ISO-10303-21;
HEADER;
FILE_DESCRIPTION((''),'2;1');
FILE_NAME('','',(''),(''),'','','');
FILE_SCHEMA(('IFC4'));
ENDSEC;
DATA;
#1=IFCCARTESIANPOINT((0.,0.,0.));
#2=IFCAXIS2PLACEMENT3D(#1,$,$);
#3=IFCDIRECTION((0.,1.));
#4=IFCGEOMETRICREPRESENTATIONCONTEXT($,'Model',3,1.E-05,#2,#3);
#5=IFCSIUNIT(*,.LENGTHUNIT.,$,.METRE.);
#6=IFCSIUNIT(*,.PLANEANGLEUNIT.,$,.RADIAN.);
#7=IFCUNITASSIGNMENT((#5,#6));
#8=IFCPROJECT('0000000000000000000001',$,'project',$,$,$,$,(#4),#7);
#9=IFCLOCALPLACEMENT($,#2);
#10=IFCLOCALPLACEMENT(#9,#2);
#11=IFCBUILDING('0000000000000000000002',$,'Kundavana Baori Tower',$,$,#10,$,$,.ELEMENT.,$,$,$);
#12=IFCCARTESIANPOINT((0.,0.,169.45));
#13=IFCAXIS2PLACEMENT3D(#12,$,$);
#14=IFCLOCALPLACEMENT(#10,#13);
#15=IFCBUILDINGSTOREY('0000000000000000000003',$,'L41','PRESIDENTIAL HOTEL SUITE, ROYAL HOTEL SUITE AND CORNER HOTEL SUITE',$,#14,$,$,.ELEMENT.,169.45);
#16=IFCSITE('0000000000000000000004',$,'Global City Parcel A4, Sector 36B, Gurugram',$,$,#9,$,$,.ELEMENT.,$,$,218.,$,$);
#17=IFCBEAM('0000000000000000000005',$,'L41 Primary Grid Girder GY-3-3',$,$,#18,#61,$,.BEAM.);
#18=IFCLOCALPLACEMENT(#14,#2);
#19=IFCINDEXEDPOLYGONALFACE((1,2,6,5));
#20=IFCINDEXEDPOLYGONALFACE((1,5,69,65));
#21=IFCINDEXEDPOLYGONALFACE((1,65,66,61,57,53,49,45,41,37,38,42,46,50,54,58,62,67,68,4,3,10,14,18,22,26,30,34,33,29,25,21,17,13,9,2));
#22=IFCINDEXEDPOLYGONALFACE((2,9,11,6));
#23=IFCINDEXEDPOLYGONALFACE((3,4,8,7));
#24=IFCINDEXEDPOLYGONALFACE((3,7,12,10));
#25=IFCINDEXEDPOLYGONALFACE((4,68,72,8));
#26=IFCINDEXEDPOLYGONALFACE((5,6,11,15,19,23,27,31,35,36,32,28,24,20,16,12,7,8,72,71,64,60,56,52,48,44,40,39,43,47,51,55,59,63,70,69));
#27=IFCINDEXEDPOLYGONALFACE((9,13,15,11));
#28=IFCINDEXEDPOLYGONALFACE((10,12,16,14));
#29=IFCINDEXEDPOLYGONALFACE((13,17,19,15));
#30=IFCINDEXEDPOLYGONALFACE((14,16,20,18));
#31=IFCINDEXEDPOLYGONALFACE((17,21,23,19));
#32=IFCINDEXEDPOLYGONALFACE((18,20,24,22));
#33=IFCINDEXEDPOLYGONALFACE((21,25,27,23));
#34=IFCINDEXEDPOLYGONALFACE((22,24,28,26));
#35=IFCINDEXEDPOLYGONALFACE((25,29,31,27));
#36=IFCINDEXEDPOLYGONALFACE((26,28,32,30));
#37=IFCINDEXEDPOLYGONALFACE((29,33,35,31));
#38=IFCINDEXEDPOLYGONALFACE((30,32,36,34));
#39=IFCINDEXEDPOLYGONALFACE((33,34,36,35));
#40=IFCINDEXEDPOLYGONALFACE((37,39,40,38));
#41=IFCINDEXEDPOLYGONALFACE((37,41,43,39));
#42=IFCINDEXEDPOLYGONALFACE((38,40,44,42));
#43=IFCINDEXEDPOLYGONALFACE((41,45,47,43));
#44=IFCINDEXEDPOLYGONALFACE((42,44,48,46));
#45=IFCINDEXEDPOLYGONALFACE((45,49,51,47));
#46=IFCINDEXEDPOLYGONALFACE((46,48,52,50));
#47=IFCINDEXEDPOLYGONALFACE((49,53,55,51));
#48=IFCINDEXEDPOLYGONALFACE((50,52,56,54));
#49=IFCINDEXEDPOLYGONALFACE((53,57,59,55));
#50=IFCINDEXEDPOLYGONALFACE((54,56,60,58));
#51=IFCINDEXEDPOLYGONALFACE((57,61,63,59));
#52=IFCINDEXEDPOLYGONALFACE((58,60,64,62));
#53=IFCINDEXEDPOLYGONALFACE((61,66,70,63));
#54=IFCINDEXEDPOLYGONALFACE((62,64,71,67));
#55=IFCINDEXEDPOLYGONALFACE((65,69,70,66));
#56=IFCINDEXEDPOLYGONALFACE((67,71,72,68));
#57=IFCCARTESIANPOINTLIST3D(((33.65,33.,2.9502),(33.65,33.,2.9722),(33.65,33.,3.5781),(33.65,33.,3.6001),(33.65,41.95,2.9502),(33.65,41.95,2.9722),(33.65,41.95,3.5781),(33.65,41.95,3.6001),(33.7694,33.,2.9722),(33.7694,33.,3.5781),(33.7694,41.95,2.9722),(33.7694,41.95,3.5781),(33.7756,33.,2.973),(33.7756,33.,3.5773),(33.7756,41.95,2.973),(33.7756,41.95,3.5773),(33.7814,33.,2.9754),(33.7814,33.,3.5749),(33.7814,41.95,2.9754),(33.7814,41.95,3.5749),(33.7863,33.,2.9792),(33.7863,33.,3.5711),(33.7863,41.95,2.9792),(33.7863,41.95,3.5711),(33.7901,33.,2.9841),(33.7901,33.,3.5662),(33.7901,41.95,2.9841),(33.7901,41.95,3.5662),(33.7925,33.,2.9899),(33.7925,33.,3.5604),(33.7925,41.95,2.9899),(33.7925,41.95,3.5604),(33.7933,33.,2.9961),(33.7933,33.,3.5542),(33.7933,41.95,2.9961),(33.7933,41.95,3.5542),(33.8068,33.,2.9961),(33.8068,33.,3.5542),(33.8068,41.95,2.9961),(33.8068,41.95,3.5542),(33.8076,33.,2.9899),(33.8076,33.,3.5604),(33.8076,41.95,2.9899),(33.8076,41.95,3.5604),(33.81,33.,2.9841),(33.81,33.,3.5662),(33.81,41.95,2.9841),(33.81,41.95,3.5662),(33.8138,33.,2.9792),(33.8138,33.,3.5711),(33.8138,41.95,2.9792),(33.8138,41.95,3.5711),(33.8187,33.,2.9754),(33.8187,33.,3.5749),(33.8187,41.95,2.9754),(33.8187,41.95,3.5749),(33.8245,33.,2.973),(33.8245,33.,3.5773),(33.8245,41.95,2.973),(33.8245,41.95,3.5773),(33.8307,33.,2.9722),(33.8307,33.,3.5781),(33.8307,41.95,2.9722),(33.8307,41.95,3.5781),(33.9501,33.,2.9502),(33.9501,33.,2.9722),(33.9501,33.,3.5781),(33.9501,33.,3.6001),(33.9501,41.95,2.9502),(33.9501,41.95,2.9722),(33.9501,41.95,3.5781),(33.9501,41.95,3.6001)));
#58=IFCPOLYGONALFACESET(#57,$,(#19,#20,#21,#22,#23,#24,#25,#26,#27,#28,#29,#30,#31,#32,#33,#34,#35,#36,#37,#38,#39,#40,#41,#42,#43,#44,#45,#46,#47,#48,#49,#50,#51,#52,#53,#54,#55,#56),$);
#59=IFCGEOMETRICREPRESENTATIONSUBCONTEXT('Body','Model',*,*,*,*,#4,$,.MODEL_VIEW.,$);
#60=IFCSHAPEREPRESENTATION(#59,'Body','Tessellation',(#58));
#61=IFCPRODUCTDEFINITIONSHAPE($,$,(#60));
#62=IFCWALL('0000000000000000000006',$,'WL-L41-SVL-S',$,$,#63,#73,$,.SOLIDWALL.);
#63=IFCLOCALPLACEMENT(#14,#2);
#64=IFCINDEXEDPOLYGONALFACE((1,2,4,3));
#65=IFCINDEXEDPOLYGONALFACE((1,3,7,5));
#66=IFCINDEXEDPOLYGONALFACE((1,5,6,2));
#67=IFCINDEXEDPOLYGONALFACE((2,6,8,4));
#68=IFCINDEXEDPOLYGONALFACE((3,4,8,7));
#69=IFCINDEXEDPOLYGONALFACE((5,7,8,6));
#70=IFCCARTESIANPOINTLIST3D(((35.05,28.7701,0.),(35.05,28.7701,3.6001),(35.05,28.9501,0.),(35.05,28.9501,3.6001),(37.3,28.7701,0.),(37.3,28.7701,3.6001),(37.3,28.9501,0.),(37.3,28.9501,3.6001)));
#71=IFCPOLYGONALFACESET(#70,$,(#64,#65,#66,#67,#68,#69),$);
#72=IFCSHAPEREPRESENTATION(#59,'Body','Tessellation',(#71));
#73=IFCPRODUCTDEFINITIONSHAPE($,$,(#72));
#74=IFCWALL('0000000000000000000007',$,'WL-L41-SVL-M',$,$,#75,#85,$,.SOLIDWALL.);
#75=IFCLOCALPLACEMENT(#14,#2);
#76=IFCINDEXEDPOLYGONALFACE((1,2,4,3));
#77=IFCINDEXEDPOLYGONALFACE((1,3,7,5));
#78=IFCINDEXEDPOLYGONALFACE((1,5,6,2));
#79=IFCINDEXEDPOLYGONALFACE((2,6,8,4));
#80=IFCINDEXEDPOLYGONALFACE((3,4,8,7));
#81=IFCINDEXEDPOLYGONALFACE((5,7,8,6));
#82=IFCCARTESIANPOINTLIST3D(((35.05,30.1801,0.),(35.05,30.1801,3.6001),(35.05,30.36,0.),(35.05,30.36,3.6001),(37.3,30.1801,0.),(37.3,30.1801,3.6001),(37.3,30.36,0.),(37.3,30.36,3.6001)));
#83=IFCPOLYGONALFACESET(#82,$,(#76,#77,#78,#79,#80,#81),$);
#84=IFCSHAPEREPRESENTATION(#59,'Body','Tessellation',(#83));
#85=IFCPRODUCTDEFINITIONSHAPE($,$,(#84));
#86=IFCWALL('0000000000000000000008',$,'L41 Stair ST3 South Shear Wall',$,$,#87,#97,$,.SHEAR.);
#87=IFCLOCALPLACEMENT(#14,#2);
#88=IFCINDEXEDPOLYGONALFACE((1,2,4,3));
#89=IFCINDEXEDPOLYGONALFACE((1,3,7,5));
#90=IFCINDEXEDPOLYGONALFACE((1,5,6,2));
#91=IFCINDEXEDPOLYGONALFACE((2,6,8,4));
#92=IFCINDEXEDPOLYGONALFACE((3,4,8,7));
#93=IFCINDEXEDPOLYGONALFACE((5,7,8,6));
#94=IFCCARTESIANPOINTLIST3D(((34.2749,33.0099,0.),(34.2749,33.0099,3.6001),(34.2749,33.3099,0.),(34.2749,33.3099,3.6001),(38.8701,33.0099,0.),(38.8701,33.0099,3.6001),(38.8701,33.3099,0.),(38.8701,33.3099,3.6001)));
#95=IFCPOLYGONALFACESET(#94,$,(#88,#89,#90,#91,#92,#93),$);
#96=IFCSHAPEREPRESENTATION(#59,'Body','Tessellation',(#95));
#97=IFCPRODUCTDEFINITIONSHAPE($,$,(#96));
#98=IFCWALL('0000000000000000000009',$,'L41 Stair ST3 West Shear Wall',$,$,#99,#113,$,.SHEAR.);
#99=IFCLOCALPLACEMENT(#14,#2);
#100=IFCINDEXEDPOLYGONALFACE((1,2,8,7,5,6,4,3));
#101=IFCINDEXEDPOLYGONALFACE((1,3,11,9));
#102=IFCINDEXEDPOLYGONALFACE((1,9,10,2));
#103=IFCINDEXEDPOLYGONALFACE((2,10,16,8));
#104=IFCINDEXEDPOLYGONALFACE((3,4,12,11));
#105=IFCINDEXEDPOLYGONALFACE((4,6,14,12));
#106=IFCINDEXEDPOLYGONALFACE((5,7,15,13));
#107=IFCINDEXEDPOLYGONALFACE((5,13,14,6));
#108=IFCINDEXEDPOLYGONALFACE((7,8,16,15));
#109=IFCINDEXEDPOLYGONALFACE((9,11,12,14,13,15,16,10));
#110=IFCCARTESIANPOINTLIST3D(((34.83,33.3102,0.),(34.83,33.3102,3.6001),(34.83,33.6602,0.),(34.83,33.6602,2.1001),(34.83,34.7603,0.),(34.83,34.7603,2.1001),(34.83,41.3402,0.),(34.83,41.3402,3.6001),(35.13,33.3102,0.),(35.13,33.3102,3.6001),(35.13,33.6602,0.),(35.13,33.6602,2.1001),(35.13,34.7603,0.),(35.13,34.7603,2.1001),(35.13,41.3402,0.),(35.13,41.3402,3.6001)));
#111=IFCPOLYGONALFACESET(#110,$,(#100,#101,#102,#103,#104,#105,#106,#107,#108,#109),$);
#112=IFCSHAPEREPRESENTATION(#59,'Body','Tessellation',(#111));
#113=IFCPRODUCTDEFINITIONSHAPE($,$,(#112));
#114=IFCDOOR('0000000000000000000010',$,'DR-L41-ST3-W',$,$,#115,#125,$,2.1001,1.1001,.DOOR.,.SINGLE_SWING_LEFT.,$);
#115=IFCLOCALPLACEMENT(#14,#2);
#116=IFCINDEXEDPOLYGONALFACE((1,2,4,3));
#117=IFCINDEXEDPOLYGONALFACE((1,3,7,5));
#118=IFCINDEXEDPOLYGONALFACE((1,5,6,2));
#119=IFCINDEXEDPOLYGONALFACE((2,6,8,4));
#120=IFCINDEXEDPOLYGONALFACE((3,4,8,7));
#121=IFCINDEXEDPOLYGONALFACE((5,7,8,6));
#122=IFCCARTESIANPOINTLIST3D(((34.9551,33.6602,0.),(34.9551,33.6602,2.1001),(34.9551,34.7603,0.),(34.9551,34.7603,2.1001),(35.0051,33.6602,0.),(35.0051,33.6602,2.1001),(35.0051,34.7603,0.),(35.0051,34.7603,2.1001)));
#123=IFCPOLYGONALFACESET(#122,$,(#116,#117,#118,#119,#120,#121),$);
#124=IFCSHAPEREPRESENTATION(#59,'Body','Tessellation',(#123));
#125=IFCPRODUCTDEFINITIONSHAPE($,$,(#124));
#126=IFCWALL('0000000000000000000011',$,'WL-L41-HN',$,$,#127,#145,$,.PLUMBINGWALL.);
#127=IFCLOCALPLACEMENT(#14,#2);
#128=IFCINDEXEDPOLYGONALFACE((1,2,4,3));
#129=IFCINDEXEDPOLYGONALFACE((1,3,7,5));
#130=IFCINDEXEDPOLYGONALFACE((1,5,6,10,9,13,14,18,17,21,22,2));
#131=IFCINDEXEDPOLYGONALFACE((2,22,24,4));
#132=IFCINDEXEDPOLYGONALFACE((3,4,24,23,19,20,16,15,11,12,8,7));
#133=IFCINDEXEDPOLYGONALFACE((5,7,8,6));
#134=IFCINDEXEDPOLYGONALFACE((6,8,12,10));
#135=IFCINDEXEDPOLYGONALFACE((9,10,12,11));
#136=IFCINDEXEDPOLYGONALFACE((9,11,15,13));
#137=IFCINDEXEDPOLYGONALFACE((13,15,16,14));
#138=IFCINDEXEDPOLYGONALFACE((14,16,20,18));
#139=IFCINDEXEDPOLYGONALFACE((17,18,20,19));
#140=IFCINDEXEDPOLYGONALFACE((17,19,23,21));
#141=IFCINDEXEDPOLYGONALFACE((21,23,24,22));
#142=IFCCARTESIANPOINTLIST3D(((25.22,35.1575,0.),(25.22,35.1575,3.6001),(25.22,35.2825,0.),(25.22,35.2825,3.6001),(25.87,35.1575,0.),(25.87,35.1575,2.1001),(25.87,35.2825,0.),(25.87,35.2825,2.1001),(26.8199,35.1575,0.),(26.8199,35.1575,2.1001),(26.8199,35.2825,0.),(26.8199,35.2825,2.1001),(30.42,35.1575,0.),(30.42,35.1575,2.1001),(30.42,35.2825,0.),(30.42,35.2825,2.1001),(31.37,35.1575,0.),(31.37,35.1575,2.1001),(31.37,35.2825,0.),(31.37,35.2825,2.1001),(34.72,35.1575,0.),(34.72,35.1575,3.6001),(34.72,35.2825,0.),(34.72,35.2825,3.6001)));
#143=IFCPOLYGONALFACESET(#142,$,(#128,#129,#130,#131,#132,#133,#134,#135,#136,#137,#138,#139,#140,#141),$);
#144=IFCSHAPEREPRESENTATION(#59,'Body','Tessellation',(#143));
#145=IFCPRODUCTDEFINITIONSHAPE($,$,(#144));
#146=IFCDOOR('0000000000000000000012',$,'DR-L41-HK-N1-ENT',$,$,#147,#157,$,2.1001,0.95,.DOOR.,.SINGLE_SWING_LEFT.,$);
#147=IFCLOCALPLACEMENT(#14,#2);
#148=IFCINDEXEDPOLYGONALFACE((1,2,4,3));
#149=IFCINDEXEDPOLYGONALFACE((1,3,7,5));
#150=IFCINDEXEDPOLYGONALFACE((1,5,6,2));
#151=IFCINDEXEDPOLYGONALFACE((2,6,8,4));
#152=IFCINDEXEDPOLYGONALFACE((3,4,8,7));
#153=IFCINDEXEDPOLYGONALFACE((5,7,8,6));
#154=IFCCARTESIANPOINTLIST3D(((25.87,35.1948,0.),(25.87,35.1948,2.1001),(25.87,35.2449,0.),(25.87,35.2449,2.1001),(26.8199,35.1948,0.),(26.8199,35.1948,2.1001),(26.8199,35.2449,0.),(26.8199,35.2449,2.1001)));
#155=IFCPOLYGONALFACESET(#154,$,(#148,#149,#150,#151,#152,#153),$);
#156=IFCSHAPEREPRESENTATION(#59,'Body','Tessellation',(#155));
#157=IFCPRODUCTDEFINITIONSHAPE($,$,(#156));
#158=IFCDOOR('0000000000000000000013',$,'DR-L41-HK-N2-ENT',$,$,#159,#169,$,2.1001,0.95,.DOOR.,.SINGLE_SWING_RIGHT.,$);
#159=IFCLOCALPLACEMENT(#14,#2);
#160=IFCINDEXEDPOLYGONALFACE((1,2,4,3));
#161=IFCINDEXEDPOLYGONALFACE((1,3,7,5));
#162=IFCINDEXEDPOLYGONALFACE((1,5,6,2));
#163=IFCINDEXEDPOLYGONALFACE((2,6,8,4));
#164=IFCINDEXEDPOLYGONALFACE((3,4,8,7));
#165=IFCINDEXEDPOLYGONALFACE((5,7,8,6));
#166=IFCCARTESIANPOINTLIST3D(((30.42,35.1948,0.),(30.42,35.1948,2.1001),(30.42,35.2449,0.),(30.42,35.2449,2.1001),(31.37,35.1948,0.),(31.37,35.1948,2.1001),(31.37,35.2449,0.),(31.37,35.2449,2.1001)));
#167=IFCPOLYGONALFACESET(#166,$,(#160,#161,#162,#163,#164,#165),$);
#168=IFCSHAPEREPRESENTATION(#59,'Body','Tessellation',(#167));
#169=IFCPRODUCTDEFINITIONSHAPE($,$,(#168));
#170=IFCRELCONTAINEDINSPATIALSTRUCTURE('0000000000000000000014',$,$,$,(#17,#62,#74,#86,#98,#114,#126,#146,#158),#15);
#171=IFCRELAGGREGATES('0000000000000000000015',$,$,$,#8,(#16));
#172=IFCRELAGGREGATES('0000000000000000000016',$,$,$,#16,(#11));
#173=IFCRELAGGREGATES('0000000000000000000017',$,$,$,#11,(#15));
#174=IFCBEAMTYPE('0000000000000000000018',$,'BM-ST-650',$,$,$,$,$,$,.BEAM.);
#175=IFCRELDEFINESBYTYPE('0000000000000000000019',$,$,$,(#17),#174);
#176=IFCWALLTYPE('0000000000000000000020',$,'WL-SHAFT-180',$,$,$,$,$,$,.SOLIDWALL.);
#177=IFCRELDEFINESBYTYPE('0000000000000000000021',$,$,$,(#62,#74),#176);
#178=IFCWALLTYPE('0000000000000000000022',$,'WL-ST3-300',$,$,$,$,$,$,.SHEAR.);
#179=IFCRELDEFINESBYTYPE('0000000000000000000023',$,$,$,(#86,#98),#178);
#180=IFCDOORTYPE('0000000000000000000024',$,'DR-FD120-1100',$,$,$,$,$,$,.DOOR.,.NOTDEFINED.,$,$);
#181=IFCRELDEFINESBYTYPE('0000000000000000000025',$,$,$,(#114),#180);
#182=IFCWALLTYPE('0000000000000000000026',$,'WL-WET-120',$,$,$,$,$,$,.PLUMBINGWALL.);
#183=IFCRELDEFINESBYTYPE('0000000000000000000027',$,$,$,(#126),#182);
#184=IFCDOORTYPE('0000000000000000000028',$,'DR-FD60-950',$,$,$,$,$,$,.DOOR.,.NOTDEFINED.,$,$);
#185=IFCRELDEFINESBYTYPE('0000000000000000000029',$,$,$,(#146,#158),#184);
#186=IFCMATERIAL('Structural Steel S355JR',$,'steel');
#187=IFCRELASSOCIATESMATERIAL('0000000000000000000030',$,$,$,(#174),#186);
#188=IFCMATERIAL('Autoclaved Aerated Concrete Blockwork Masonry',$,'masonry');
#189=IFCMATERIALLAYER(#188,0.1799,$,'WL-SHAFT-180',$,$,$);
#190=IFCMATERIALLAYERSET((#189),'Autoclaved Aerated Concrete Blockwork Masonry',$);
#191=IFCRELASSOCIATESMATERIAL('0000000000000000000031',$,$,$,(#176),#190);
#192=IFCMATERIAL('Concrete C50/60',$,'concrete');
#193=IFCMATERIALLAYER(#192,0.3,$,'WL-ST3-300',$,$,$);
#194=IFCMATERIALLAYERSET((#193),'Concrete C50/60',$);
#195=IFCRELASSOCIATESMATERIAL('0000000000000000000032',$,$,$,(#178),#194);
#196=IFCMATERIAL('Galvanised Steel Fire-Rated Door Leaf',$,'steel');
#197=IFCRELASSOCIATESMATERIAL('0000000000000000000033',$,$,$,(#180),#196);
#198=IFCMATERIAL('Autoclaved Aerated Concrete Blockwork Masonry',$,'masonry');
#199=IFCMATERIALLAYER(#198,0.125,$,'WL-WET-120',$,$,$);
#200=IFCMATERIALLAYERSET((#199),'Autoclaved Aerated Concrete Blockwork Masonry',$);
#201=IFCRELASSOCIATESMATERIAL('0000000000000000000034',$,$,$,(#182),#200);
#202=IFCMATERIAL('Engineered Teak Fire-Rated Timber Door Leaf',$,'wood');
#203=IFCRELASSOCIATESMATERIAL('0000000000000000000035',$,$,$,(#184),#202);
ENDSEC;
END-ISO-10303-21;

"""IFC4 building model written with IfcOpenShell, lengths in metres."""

from ifc_helpers import new_model, si_unit, direction, frame, frame_2d, origin, origin_2d, place, context, subcontext, project, spatial, rectangle, i_section, extrude, material, layer, layer_set, material_profile, profile_set, type_object, element, fill, save


model = new_model("IFC4")

# Units and contexts
model_context = context("Model", 3, precision=1e-05, world=origin(), true_north=direction((0.0, 1.0)))
body_context = subcontext(model_context, "Body", "Model", "MODEL_VIEW")
ifc_project = project(units=[si_unit("LENGTHUNIT", "METRE"), si_unit("PLANEANGLEUNIT", "RADIAN")], contexts=[model_context])

# Site, building, storey
site_placement = place(None, origin())
site = spatial("IfcSite", under=ifc_project, at=site_placement, Name="Global City Parcel A4, Sector 36B, Gurugram", CompositionType="ELEMENT", RefElevation=218.0)
building_placement = place(site_placement, origin())
building = spatial("IfcBuilding", under=site, at=building_placement, Name="Kundavana Baori Tower", CompositionType="ELEMENT")
storey_placement = place(building_placement, frame((0.0, 0.0, 169.45)))
storey = spatial("IfcBuildingStorey", under=building, at=storey_placement, Name="L41", Description="PRESIDENTIAL HOTEL SUITE, ROYAL HOTEL SUITE AND CORNER HOTEL SUITE", CompositionType="ELEMENT", Elevation=169.45)

# Beam
ifc_material_1 = material(Name="Structural Steel S355JR", Category="steel")
ifc_material_profile_1 = material_profile(ifc_material_1, i_section(OverallWidth=0.3, OverallDepth=0.6499, WebThickness=0.0134, FlangeThickness=0.022, FilletRadius=0.0239, at=origin_2d()), Name="NPB 650x300x155")
ifc_profile_set_1 = profile_set([ifc_material_profile_1], Name="Structural Steel S355JR")
beam_type_1 = type_object("IfcBeamType", Name="BM-ST-650", PredefinedType="BEAM", material=ifc_profile_set_1)
beam_1_placement = place(storey_placement, frame((33.8, 33.0, 3.2751), z_axis=(0.0, 1.0, 0.0), x_axis=(-1.0, 0.0, 0.0)))
element("IfcBeam", 1, at=beam_1_placement, inside=storey, type_object=beam_type_1, Name="L41 Primary Grid Girder GY-3-3", PredefinedType="BEAM", context=body_context, shape_type="SweptSolid", body=[
    extrude(i_section(OverallWidth=0.3, OverallDepth=0.6499, WebThickness=0.0134, FlangeThickness=0.022, FilletRadius=0.0239, at=origin_2d()), origin(), (0.0, 0.0, 1.0), 8.95),
])

# Walls
ifc_material_2 = material(Name="Autoclaved Aerated Concrete Blockwork Masonry", Category="masonry")
ifc_layer_1 = layer(ifc_material_2, 0.1799, Name="WL-SHAFT-180")
ifc_layer_set_1 = layer_set([ifc_layer_1], Name="Autoclaved Aerated Concrete Blockwork Masonry")
wall_type_1 = type_object("IfcWallType", Name="WL-SHAFT-180", PredefinedType="SOLIDWALL", material=ifc_layer_set_1)
for number, where, z_axis, x_axis, name in (
    (2, (35.05, 28.8601, 0.0), (0.0, 0.0, 1.0), (1.0, 0.0, 0.0), "WL-L41-SVL-S"),
    (3, (35.05, 30.27, 0.0), (0.0, 0.0, 1.0), (1.0, 0.0, 0.0), "WL-L41-SVL-M"),
):
    element("IfcWall", number, at=place(storey_placement, frame(where, z_axis=z_axis, x_axis=x_axis)), inside=storey, type_object=wall_type_1, Name=name, PredefinedType="SOLIDWALL", context=body_context, shape_type="SweptSolid", body=[
        extrude(rectangle(XDim=2.25, YDim=0.1799, at=frame_2d((1.125, 0.0))), origin(), (0.0, 0.0, 1.0), 3.6001),
    ])
ifc_material_3 = material(Name="Concrete C50/60", Category="concrete")
ifc_layer_2 = layer(ifc_material_3, 0.3, Name="WL-ST3-300")
ifc_layer_set_2 = layer_set([ifc_layer_2], Name="Concrete C50/60")
wall_type_2 = type_object("IfcWallType", Name="WL-ST3-300", PredefinedType="SHEAR", material=ifc_layer_set_2)
wall_1_placement = place(storey_placement, frame((34.2749, 33.1599, 0.0), z_axis=(0.0, 0.0, 1.0), x_axis=(1.0, 0.0, 0.0)))
element("IfcWall", 4, at=wall_1_placement, inside=storey, type_object=wall_type_2, Name="L41 Stair ST3 South Shear Wall", PredefinedType="SHEAR", context=body_context, shape_type="SweptSolid", body=[
    extrude(rectangle(XDim=4.5952, YDim=0.3, at=frame_2d((2.2976, 0.0))), origin(), (0.0, 0.0, 1.0), 3.6001),
])

# Wall, opening, door
wall_2_placement = place(storey_placement, frame((34.98, 33.3101, 0.0), z_axis=(0.0, 0.0, 1.0), x_axis=(0.0, 1.0, 0.0)))
wall_2 = element("IfcWall", 5, at=wall_2_placement, inside=storey, type_object=wall_type_2, Name="L41 Stair ST3 West Shear Wall", PredefinedType="SHEAR", context=body_context, shape_type="SweptSolid", body=[
    extrude(rectangle(XDim=8.03, YDim=0.3, at=frame_2d((4.0151, 0.0))), origin(), (0.0, 0.0, 1.0), 3.6001),
])
opening_1_placement = place(wall_2_placement, frame((0.3501, 0.0, 0.0)))
opening_1 = element("IfcOpeningElement", 6, at=opening_1_placement, cuts=wall_2, PredefinedType="OPENING", context=body_context, shape_type="SweptSolid", body=[
    extrude(rectangle(XDim=1.1001, YDim=2.1001, at=frame_2d((0.55, 1.05))), frame((0.0, 0.1602, 0.0), z_axis=(0.0, -1.0, 0.0), x_axis=(1.0, 0.0, 0.0)), (0.0, 0.0, 1.0), 0.3201),
])
ifc_material_4 = material(Name="Galvanised Steel Fire-Rated Door Leaf", Category="steel")
door_type_1 = type_object("IfcDoorType", Name="DR-FD120-1100", OperationType="NOTDEFINED", PredefinedType="DOOR", material=ifc_material_4)
door_1_placement = place(opening_1_placement, origin())
door_1 = element("IfcDoor", 7, at=door_1_placement, inside=storey, type_object=door_type_1, Name="DR-L41-ST3-W", OperationType="SINGLE_SWING_LEFT", OverallHeight=2.1001, OverallWidth=1.1001, PredefinedType="DOOR", context=body_context, shape_type="SweptSolid", body=[
    extrude(rectangle(XDim=1.1001, YDim=2.1001, at=frame_2d((0.55, 1.05))), frame((0.0, 0.0249, 0.0), z_axis=(0.0, -1.0, 0.0), x_axis=(1.0, 0.0, 0.0)), (0.0, 0.0, 1.0), 0.05),
])
fill(opening_1, door_1)

# Wall, openings, doors
ifc_material_5 = material(Name="Autoclaved Aerated Concrete Blockwork Masonry", Category="masonry")
ifc_layer_3 = layer(ifc_material_5, 0.125, Name="WL-WET-120")
ifc_layer_set_3 = layer_set([ifc_layer_3], Name="Autoclaved Aerated Concrete Blockwork Masonry")
wall_type_3 = type_object("IfcWallType", Name="WL-WET-120", PredefinedType="PLUMBINGWALL", material=ifc_layer_set_3)
wall_3_placement = place(storey_placement, frame((25.22, 35.22, 0.0), z_axis=(0.0, 0.0, 1.0), x_axis=(1.0, 0.0, 0.0)))
wall_3 = element("IfcWall", 8, at=wall_3_placement, inside=storey, type_object=wall_type_3, Name="WL-L41-HN", PredefinedType="PLUMBINGWALL", context=body_context, shape_type="SweptSolid", body=[
    extrude(rectangle(XDim=9.5, YDim=0.125, at=frame_2d((4.75, 0.0))), origin(), (0.0, 0.0, 1.0), 3.6001),
])
opening_2_placement = place(wall_3_placement, frame((0.6499, 0.0, 0.0)))
opening_2 = element("IfcOpeningElement", 9, at=opening_2_placement, cuts=wall_3, PredefinedType="OPENING", context=body_context, shape_type="SweptSolid", body=[
    extrude(rectangle(XDim=0.95, YDim=2.1001, at=frame_2d((0.4751, 1.05))), frame((0.0, 0.0725, 0.0), z_axis=(0.0, -1.0, 0.0), x_axis=(1.0, 0.0, 0.0)), (0.0, 0.0, 1.0), 0.145),
])
opening_3_placement = place(wall_3_placement, frame((5.2, 0.0, 0.0)))
opening_3 = element("IfcOpeningElement", 10, at=opening_3_placement, cuts=wall_3, PredefinedType="OPENING", context=body_context, shape_type="SweptSolid", body=[
    extrude(rectangle(XDim=0.95, YDim=2.1001, at=frame_2d((0.4751, 1.05))), frame((0.0, 0.0725, 0.0), z_axis=(0.0, -1.0, 0.0), x_axis=(1.0, 0.0, 0.0)), (0.0, 0.0, 1.0), 0.145),
])
ifc_material_6 = material(Name="Engineered Teak Fire-Rated Timber Door Leaf", Category="wood")
door_type_2 = type_object("IfcDoorType", Name="DR-FD60-950", OperationType="NOTDEFINED", PredefinedType="DOOR", material=ifc_material_6)
door_2_placement = place(opening_2_placement, origin())
door_2 = element("IfcDoor", 11, at=door_2_placement, inside=storey, type_object=door_type_2, Name="DR-L41-HK-N1-ENT", OperationType="SINGLE_SWING_LEFT", OverallHeight=2.1001, OverallWidth=0.95, PredefinedType="DOOR", context=body_context, shape_type="SweptSolid", body=[
    extrude(rectangle(XDim=0.95, YDim=2.1001, at=frame_2d((0.4751, 1.05))), frame((0.0, 0.0249, 0.0), z_axis=(0.0, -1.0, 0.0), x_axis=(1.0, 0.0, 0.0)), (0.0, 0.0, 1.0), 0.05),
])
fill(opening_2, door_2)
door_3_placement = place(opening_3_placement, origin())
door_3 = element("IfcDoor", 12, at=door_3_placement, inside=storey, type_object=door_type_2, Name="DR-L41-HK-N2-ENT", OperationType="SINGLE_SWING_RIGHT", OverallHeight=2.1001, OverallWidth=0.95, PredefinedType="DOOR", context=body_context, shape_type="SweptSolid", body=[
    extrude(rectangle(XDim=0.95, YDim=2.1001, at=frame_2d((0.4751, 1.05))), frame((0.0, 0.0249, 0.0), z_axis=(0.0, -1.0, 0.0), x_axis=(1.0, 0.0, 0.0)), (0.0, 0.0, 1.0), 0.05),
])
fill(opening_3, door_3)

save(model, "model.ifc")
